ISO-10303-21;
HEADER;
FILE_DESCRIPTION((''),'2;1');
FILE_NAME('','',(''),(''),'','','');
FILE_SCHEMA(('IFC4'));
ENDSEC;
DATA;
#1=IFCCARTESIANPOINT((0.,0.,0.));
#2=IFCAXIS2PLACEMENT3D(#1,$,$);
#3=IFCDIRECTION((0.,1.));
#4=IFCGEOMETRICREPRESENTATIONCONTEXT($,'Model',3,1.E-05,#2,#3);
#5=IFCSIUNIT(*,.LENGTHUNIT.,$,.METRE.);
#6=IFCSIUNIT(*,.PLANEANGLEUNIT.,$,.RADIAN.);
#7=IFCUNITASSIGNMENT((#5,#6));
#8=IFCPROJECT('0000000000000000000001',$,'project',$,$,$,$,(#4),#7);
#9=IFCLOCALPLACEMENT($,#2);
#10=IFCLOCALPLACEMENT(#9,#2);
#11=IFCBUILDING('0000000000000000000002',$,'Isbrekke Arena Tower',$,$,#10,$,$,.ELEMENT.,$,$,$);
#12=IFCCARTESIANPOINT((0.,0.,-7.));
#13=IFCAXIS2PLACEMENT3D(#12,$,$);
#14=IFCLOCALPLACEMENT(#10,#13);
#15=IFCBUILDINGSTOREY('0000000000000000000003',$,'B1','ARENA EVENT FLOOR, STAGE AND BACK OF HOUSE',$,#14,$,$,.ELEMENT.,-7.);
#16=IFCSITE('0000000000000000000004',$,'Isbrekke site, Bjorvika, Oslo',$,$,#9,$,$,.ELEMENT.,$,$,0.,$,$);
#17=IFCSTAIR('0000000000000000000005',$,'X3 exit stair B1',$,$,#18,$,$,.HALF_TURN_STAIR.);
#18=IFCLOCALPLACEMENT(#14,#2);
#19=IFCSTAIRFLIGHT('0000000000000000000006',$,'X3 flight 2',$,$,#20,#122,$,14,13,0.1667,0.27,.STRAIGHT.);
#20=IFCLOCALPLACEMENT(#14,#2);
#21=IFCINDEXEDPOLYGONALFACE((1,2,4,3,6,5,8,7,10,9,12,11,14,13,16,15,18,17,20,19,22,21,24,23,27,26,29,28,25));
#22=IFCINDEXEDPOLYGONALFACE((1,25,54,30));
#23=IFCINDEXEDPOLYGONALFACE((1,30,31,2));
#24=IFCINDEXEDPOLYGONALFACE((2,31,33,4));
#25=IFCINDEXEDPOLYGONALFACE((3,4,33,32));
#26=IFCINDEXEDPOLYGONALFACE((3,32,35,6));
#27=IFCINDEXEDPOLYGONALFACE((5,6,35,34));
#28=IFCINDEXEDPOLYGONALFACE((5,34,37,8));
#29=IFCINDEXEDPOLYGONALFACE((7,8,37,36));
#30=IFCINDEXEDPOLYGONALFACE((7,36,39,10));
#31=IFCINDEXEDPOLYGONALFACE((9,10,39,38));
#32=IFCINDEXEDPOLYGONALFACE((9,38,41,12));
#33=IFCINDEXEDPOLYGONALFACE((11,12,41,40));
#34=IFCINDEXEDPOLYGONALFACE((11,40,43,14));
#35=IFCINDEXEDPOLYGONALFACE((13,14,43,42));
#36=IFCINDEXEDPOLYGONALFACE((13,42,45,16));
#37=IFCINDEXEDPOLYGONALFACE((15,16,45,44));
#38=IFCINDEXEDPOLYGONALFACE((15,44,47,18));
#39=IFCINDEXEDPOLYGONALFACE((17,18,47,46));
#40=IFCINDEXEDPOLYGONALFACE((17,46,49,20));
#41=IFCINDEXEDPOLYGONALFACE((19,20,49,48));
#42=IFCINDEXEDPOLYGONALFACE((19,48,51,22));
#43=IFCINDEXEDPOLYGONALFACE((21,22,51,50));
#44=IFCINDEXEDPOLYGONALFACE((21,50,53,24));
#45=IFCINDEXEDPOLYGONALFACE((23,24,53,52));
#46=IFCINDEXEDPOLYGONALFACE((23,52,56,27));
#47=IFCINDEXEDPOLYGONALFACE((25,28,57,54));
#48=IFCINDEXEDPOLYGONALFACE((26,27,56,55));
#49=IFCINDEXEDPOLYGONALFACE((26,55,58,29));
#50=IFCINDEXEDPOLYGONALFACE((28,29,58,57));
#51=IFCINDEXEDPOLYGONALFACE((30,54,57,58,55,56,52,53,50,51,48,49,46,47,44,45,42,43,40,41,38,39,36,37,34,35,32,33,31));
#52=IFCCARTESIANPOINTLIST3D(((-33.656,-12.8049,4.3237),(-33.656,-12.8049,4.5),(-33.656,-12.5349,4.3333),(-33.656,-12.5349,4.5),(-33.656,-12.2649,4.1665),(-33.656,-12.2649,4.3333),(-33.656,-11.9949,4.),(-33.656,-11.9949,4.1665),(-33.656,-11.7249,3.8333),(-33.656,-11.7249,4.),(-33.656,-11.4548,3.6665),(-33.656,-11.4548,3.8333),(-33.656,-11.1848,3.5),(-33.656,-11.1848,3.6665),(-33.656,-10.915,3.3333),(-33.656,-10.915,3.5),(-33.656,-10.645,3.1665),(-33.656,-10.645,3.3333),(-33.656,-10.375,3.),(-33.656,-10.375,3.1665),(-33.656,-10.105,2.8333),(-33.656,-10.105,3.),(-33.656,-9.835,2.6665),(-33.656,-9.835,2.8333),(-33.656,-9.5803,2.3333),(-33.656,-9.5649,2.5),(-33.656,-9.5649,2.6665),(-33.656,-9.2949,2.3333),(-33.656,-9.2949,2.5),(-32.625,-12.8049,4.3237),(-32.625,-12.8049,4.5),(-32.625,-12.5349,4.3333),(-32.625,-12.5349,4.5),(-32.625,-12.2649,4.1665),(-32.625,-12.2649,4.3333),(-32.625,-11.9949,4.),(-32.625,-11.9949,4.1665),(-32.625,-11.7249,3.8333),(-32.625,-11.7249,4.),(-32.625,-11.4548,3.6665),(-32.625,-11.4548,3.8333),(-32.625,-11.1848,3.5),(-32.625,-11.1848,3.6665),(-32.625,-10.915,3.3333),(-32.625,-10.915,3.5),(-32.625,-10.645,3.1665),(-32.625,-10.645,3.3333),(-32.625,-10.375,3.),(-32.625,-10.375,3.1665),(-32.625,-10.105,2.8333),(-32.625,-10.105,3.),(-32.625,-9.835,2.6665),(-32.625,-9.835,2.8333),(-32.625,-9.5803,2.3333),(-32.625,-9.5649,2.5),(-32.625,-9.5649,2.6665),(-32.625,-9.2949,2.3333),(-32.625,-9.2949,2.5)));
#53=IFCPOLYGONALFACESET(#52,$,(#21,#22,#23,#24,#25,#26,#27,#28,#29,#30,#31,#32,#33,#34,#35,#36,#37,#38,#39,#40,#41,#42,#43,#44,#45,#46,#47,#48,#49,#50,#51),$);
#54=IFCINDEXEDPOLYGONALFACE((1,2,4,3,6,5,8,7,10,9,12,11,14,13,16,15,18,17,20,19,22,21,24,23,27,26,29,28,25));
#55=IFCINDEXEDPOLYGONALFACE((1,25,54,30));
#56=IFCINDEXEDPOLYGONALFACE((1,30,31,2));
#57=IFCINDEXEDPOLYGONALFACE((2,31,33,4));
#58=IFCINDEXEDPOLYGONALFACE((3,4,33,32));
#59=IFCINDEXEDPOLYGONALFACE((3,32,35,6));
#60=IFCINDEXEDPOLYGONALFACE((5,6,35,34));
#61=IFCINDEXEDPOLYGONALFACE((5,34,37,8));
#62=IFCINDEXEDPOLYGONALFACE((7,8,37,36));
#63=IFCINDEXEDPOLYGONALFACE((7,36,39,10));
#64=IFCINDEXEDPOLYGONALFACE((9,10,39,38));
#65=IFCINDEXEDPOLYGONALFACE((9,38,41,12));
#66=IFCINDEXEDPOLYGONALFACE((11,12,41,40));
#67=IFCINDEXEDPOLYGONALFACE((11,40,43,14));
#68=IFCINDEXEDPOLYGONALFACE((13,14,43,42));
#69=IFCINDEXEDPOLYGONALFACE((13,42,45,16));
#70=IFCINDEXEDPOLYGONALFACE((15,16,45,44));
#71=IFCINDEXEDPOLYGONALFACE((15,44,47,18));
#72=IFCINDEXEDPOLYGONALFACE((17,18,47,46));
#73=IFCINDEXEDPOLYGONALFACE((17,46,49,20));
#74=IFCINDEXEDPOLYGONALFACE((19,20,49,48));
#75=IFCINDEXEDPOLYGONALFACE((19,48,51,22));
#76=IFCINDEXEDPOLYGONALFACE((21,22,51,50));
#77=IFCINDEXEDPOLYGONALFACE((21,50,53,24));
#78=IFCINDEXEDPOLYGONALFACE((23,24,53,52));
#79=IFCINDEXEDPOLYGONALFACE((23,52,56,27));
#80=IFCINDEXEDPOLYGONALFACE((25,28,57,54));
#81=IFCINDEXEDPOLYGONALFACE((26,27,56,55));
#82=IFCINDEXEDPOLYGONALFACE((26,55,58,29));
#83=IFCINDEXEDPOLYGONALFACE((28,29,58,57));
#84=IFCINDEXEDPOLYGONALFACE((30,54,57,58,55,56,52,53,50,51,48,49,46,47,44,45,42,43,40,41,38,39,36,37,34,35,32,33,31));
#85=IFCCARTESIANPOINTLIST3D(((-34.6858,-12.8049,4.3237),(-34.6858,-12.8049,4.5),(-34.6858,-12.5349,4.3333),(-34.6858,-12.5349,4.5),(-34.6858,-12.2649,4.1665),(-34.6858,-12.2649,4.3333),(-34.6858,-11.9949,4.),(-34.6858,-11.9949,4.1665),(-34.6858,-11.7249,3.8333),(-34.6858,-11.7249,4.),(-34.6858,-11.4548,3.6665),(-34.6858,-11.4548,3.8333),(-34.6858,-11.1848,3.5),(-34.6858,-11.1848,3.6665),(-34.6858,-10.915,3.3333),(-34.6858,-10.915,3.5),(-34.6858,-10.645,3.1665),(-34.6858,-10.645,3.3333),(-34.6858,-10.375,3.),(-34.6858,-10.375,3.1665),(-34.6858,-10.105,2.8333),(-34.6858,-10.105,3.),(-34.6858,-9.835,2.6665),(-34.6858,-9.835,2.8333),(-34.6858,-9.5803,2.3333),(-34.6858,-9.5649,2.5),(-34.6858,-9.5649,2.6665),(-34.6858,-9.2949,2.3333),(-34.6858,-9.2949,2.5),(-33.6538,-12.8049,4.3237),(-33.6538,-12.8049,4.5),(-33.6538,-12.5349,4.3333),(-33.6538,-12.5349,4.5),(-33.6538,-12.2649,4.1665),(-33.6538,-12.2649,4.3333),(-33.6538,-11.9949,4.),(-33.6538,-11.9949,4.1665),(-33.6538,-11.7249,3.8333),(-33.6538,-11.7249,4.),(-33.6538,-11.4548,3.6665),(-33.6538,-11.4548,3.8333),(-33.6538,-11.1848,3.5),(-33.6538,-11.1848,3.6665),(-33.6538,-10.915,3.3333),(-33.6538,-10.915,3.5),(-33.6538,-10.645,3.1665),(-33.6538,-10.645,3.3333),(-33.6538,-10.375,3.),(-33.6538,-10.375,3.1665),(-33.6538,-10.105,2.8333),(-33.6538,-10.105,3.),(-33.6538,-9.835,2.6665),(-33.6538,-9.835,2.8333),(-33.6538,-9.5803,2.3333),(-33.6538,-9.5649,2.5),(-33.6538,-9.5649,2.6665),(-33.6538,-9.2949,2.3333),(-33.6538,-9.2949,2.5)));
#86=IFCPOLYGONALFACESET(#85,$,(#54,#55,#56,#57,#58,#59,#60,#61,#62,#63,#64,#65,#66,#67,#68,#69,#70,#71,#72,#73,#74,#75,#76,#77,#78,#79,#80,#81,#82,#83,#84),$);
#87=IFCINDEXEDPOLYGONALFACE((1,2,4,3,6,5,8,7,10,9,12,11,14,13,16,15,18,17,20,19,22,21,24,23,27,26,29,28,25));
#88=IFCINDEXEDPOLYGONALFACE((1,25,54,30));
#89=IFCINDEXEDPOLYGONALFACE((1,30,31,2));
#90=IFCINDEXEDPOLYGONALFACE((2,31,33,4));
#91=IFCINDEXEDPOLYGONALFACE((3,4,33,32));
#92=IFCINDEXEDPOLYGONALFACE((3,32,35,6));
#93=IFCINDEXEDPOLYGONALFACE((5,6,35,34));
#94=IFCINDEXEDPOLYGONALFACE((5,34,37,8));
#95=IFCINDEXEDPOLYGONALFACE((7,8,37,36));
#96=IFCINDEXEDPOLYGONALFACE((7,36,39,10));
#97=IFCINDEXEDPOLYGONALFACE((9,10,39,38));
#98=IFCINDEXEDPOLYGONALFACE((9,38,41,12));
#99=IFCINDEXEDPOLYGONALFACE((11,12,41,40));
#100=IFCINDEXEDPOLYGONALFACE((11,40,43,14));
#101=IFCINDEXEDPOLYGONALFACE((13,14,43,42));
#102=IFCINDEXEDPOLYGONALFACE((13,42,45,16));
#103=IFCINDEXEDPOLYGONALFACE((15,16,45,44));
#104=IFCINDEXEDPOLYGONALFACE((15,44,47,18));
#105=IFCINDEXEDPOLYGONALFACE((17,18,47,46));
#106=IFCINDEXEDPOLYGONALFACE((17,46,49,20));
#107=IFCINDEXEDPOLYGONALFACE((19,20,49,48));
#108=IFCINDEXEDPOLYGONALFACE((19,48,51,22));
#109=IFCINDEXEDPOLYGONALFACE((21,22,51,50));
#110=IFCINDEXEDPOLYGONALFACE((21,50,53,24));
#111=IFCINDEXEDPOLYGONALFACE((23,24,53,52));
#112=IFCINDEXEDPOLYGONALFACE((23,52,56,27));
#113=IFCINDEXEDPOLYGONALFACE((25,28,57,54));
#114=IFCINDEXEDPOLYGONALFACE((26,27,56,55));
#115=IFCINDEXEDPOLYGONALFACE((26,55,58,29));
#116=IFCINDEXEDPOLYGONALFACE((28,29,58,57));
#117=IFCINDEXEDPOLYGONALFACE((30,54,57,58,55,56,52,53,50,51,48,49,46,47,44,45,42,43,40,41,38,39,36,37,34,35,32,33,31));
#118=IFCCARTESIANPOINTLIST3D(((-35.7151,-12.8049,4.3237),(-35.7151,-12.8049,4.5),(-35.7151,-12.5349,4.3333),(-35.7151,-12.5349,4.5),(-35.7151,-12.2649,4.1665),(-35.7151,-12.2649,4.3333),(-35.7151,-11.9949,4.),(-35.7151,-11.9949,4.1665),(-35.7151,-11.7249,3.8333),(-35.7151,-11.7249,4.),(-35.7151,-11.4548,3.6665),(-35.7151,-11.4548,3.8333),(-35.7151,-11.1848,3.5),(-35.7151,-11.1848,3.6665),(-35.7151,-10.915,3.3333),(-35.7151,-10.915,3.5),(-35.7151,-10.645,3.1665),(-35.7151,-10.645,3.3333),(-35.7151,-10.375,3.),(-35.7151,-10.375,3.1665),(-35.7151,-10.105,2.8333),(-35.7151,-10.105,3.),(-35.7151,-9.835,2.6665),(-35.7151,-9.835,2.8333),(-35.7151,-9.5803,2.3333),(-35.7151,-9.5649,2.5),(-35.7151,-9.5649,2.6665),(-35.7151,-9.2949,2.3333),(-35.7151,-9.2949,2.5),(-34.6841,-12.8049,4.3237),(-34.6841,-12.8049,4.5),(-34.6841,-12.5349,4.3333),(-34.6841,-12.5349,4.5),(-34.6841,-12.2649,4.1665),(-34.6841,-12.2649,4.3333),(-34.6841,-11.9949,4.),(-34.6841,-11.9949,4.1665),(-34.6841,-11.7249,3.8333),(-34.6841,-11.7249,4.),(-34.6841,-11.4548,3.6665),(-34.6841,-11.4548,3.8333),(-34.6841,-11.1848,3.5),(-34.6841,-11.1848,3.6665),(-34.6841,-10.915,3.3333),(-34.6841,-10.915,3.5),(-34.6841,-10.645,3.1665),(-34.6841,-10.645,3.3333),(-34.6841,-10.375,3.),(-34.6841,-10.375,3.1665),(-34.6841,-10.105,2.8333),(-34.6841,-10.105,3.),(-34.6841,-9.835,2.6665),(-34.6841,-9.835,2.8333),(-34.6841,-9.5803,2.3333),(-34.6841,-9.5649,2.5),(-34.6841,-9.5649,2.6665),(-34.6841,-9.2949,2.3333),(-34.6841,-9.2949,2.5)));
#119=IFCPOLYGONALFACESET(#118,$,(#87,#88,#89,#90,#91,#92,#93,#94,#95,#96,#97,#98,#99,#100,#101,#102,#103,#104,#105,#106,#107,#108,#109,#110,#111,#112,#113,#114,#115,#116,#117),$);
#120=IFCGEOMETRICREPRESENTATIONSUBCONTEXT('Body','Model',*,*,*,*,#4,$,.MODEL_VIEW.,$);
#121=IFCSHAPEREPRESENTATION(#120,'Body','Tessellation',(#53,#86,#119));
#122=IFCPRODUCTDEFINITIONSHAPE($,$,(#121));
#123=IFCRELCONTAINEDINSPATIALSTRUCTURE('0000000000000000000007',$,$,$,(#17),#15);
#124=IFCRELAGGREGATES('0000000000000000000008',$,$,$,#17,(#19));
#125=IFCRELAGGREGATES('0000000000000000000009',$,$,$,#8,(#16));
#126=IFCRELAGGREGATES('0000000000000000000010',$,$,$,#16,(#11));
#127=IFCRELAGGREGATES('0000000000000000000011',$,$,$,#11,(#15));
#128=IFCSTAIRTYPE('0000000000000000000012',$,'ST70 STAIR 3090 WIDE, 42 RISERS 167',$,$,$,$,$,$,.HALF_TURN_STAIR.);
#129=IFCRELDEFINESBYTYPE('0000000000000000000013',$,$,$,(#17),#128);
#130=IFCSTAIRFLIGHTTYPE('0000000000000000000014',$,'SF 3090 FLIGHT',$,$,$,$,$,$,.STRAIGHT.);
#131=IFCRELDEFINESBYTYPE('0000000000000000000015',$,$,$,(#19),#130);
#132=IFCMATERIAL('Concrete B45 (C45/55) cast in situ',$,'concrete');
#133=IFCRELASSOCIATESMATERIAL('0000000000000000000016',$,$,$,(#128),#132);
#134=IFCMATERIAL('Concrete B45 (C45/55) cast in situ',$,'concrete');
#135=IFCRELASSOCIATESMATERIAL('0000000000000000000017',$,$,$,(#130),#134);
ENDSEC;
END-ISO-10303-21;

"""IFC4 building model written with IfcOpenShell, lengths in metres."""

from ifc_helpers import new_model, si_unit, direction, frame, origin, place, context, subcontext, project, spatial, polyline, outline, extrude, material, type_object, element, aggregate, save


model = new_model("IFC4")

# Units and contexts
model_context = context("Model", 3, precision=1e-05, world=origin(), true_north=direction((0.0, 1.0)))
body_context = subcontext(model_context, "Body", "Model", "MODEL_VIEW")
ifc_project = project(units=[si_unit("LENGTHUNIT", "METRE"), si_unit("PLANEANGLEUNIT", "RADIAN")], contexts=[model_context])

# Site, building, storey
site_placement = place(None, origin())
site = spatial("IfcSite", under=ifc_project, at=site_placement, Name="Isbrekke site, Bjorvika, Oslo", CompositionType="ELEMENT", RefElevation=0.0)
building_placement = place(site_placement, origin())
building = spatial("IfcBuilding", under=site, at=building_placement, Name="Isbrekke Arena Tower", CompositionType="ELEMENT")
storey_placement = place(building_placement, frame((0.0, 0.0, -7.0)))
storey = spatial("IfcBuildingStorey", under=building, at=storey_placement, Name="B1", Description="ARENA EVENT FLOOR, STAGE AND BACK OF HOUSE", CompositionType="ELEMENT", Elevation=-7.0)

# Stair, stair flight
ifc_material_1 = material(Name="Concrete B45 (C45/55) cast in situ", Category="concrete")
stair_type = type_object("IfcStairType", Name="ST70 STAIR 3090 WIDE, 42 RISERS 167", PredefinedType="HALF_TURN_STAIR", material=ifc_material_1)
stair_placement = place(storey_placement, origin())
stair = element("IfcStair", 1, at=stair_placement, inside=storey, type_object=stair_type, Name="X3 exit stair B1", PredefinedType="HALF_TURN_STAIR")
ifc_material_2 = material(Name="Concrete B45 (C45/55) cast in situ", Category="concrete")
stair_flight_type = type_object("IfcStairFlightType", Name="SF 3090 FLIGHT", PredefinedType="STRAIGHT", material=ifc_material_2)
stair_flight_placement = place(storey_placement, frame((-34.1699, -9.2949, 2.3333), z_axis=(0.0, 0.0, 1.0), x_axis=(0.0, -1.0, 0.0)))
stair_flight = element("IfcStairFlight", 2, at=stair_flight_placement, type_object=stair_flight_type, Name="X3 flight 2", NumberOfRisers=14, NumberOfTreads=13, PredefinedType="STRAIGHT", RiserHeight=0.1667, TreadLength=0.27, context=body_context, shape_type="SweptSolid", body=[
    extrude(outline(polyline([(0.0, 0.0), (0.0, 0.1667), (0.27, 0.1667), (0.27, 0.3333), (0.54, 0.3333), (0.54, 0.5), (0.8101, 0.5), (0.8101, 0.6667), (1.0801, 0.6667), (1.0801, 0.8333), (1.3501, 0.8333), (1.3501, 1.0), (1.6201, 1.0), (1.6201, 1.1667), (1.8899, 1.1667), (1.8899, 1.3333), (2.1599, 1.3333), (2.1599, 1.5), (2.4299, 1.5), (2.4299, 1.6667), (2.7, 1.6667), (2.7, 1.8333), (2.97, 1.8333), (2.97, 2.0), (3.24, 2.0), (3.24, 2.1667), (3.51, 2.1667), (3.51, 2.3333), (3.51, 1.9905), (0.2854, 0.0), (0.0, 0.0)])), frame((0.0, 1.5449, 0.0), z_axis=(0.0, -1.0, 0.0), x_axis=(1.0, 0.0, 0.0)), (0.0, 0.0, 1.0), 1.031),
    extrude(outline(polyline([(0.0, 0.0), (0.0, 0.1667), (0.27, 0.1667), (0.27, 0.3333), (0.54, 0.3333), (0.54, 0.5), (0.8101, 0.5), (0.8101, 0.6667), (1.0801, 0.6667), (1.0801, 0.8333), (1.3501, 0.8333), (1.3501, 1.0), (1.6201, 1.0), (1.6201, 1.1667), (1.8899, 1.1667), (1.8899, 1.3333), (2.1599, 1.3333), (2.1599, 1.5), (2.4299, 1.5), (2.4299, 1.6667), (2.7, 1.6667), (2.7, 1.8333), (2.97, 1.8333), (2.97, 2.0), (3.24, 2.0), (3.24, 2.1667), (3.51, 2.1667), (3.51, 2.3333), (3.51, 1.9905), (0.2854, 0.0), (0.0, 0.0)])), frame((0.0, 0.5161, 0.0), z_axis=(0.0, -1.0, 0.0), x_axis=(1.0, 0.0, 0.0)), (0.0, 0.0, 1.0), 1.032),
    extrude(outline(polyline([(0.0, 0.0), (0.0, 0.1667), (0.27, 0.1667), (0.27, 0.3333), (0.54, 0.3333), (0.54, 0.5), (0.8101, 0.5), (0.8101, 0.6667), (1.0801, 0.6667), (1.0801, 0.8333), (1.3501, 0.8333), (1.3501, 1.0), (1.6201, 1.0), (1.6201, 1.1667), (1.8899, 1.1667), (1.8899, 1.3333), (2.1599, 1.3333), (2.1599, 1.5), (2.4299, 1.5), (2.4299, 1.6667), (2.7, 1.6667), (2.7, 1.8333), (2.97, 1.8333), (2.97, 2.0), (3.24, 2.0), (3.24, 2.1667), (3.51, 2.1667), (3.51, 2.3333), (3.51, 1.9905), (0.2854, 0.0), (0.0, 0.0)])), frame((0.0, -0.5142, 0.0), z_axis=(0.0, -1.0, 0.0), x_axis=(1.0, 0.0, 0.0)), (0.0, 0.0, 1.0), 1.031),
])
aggregate(stair, [stair_flight])

save(model, "model.ifc")
